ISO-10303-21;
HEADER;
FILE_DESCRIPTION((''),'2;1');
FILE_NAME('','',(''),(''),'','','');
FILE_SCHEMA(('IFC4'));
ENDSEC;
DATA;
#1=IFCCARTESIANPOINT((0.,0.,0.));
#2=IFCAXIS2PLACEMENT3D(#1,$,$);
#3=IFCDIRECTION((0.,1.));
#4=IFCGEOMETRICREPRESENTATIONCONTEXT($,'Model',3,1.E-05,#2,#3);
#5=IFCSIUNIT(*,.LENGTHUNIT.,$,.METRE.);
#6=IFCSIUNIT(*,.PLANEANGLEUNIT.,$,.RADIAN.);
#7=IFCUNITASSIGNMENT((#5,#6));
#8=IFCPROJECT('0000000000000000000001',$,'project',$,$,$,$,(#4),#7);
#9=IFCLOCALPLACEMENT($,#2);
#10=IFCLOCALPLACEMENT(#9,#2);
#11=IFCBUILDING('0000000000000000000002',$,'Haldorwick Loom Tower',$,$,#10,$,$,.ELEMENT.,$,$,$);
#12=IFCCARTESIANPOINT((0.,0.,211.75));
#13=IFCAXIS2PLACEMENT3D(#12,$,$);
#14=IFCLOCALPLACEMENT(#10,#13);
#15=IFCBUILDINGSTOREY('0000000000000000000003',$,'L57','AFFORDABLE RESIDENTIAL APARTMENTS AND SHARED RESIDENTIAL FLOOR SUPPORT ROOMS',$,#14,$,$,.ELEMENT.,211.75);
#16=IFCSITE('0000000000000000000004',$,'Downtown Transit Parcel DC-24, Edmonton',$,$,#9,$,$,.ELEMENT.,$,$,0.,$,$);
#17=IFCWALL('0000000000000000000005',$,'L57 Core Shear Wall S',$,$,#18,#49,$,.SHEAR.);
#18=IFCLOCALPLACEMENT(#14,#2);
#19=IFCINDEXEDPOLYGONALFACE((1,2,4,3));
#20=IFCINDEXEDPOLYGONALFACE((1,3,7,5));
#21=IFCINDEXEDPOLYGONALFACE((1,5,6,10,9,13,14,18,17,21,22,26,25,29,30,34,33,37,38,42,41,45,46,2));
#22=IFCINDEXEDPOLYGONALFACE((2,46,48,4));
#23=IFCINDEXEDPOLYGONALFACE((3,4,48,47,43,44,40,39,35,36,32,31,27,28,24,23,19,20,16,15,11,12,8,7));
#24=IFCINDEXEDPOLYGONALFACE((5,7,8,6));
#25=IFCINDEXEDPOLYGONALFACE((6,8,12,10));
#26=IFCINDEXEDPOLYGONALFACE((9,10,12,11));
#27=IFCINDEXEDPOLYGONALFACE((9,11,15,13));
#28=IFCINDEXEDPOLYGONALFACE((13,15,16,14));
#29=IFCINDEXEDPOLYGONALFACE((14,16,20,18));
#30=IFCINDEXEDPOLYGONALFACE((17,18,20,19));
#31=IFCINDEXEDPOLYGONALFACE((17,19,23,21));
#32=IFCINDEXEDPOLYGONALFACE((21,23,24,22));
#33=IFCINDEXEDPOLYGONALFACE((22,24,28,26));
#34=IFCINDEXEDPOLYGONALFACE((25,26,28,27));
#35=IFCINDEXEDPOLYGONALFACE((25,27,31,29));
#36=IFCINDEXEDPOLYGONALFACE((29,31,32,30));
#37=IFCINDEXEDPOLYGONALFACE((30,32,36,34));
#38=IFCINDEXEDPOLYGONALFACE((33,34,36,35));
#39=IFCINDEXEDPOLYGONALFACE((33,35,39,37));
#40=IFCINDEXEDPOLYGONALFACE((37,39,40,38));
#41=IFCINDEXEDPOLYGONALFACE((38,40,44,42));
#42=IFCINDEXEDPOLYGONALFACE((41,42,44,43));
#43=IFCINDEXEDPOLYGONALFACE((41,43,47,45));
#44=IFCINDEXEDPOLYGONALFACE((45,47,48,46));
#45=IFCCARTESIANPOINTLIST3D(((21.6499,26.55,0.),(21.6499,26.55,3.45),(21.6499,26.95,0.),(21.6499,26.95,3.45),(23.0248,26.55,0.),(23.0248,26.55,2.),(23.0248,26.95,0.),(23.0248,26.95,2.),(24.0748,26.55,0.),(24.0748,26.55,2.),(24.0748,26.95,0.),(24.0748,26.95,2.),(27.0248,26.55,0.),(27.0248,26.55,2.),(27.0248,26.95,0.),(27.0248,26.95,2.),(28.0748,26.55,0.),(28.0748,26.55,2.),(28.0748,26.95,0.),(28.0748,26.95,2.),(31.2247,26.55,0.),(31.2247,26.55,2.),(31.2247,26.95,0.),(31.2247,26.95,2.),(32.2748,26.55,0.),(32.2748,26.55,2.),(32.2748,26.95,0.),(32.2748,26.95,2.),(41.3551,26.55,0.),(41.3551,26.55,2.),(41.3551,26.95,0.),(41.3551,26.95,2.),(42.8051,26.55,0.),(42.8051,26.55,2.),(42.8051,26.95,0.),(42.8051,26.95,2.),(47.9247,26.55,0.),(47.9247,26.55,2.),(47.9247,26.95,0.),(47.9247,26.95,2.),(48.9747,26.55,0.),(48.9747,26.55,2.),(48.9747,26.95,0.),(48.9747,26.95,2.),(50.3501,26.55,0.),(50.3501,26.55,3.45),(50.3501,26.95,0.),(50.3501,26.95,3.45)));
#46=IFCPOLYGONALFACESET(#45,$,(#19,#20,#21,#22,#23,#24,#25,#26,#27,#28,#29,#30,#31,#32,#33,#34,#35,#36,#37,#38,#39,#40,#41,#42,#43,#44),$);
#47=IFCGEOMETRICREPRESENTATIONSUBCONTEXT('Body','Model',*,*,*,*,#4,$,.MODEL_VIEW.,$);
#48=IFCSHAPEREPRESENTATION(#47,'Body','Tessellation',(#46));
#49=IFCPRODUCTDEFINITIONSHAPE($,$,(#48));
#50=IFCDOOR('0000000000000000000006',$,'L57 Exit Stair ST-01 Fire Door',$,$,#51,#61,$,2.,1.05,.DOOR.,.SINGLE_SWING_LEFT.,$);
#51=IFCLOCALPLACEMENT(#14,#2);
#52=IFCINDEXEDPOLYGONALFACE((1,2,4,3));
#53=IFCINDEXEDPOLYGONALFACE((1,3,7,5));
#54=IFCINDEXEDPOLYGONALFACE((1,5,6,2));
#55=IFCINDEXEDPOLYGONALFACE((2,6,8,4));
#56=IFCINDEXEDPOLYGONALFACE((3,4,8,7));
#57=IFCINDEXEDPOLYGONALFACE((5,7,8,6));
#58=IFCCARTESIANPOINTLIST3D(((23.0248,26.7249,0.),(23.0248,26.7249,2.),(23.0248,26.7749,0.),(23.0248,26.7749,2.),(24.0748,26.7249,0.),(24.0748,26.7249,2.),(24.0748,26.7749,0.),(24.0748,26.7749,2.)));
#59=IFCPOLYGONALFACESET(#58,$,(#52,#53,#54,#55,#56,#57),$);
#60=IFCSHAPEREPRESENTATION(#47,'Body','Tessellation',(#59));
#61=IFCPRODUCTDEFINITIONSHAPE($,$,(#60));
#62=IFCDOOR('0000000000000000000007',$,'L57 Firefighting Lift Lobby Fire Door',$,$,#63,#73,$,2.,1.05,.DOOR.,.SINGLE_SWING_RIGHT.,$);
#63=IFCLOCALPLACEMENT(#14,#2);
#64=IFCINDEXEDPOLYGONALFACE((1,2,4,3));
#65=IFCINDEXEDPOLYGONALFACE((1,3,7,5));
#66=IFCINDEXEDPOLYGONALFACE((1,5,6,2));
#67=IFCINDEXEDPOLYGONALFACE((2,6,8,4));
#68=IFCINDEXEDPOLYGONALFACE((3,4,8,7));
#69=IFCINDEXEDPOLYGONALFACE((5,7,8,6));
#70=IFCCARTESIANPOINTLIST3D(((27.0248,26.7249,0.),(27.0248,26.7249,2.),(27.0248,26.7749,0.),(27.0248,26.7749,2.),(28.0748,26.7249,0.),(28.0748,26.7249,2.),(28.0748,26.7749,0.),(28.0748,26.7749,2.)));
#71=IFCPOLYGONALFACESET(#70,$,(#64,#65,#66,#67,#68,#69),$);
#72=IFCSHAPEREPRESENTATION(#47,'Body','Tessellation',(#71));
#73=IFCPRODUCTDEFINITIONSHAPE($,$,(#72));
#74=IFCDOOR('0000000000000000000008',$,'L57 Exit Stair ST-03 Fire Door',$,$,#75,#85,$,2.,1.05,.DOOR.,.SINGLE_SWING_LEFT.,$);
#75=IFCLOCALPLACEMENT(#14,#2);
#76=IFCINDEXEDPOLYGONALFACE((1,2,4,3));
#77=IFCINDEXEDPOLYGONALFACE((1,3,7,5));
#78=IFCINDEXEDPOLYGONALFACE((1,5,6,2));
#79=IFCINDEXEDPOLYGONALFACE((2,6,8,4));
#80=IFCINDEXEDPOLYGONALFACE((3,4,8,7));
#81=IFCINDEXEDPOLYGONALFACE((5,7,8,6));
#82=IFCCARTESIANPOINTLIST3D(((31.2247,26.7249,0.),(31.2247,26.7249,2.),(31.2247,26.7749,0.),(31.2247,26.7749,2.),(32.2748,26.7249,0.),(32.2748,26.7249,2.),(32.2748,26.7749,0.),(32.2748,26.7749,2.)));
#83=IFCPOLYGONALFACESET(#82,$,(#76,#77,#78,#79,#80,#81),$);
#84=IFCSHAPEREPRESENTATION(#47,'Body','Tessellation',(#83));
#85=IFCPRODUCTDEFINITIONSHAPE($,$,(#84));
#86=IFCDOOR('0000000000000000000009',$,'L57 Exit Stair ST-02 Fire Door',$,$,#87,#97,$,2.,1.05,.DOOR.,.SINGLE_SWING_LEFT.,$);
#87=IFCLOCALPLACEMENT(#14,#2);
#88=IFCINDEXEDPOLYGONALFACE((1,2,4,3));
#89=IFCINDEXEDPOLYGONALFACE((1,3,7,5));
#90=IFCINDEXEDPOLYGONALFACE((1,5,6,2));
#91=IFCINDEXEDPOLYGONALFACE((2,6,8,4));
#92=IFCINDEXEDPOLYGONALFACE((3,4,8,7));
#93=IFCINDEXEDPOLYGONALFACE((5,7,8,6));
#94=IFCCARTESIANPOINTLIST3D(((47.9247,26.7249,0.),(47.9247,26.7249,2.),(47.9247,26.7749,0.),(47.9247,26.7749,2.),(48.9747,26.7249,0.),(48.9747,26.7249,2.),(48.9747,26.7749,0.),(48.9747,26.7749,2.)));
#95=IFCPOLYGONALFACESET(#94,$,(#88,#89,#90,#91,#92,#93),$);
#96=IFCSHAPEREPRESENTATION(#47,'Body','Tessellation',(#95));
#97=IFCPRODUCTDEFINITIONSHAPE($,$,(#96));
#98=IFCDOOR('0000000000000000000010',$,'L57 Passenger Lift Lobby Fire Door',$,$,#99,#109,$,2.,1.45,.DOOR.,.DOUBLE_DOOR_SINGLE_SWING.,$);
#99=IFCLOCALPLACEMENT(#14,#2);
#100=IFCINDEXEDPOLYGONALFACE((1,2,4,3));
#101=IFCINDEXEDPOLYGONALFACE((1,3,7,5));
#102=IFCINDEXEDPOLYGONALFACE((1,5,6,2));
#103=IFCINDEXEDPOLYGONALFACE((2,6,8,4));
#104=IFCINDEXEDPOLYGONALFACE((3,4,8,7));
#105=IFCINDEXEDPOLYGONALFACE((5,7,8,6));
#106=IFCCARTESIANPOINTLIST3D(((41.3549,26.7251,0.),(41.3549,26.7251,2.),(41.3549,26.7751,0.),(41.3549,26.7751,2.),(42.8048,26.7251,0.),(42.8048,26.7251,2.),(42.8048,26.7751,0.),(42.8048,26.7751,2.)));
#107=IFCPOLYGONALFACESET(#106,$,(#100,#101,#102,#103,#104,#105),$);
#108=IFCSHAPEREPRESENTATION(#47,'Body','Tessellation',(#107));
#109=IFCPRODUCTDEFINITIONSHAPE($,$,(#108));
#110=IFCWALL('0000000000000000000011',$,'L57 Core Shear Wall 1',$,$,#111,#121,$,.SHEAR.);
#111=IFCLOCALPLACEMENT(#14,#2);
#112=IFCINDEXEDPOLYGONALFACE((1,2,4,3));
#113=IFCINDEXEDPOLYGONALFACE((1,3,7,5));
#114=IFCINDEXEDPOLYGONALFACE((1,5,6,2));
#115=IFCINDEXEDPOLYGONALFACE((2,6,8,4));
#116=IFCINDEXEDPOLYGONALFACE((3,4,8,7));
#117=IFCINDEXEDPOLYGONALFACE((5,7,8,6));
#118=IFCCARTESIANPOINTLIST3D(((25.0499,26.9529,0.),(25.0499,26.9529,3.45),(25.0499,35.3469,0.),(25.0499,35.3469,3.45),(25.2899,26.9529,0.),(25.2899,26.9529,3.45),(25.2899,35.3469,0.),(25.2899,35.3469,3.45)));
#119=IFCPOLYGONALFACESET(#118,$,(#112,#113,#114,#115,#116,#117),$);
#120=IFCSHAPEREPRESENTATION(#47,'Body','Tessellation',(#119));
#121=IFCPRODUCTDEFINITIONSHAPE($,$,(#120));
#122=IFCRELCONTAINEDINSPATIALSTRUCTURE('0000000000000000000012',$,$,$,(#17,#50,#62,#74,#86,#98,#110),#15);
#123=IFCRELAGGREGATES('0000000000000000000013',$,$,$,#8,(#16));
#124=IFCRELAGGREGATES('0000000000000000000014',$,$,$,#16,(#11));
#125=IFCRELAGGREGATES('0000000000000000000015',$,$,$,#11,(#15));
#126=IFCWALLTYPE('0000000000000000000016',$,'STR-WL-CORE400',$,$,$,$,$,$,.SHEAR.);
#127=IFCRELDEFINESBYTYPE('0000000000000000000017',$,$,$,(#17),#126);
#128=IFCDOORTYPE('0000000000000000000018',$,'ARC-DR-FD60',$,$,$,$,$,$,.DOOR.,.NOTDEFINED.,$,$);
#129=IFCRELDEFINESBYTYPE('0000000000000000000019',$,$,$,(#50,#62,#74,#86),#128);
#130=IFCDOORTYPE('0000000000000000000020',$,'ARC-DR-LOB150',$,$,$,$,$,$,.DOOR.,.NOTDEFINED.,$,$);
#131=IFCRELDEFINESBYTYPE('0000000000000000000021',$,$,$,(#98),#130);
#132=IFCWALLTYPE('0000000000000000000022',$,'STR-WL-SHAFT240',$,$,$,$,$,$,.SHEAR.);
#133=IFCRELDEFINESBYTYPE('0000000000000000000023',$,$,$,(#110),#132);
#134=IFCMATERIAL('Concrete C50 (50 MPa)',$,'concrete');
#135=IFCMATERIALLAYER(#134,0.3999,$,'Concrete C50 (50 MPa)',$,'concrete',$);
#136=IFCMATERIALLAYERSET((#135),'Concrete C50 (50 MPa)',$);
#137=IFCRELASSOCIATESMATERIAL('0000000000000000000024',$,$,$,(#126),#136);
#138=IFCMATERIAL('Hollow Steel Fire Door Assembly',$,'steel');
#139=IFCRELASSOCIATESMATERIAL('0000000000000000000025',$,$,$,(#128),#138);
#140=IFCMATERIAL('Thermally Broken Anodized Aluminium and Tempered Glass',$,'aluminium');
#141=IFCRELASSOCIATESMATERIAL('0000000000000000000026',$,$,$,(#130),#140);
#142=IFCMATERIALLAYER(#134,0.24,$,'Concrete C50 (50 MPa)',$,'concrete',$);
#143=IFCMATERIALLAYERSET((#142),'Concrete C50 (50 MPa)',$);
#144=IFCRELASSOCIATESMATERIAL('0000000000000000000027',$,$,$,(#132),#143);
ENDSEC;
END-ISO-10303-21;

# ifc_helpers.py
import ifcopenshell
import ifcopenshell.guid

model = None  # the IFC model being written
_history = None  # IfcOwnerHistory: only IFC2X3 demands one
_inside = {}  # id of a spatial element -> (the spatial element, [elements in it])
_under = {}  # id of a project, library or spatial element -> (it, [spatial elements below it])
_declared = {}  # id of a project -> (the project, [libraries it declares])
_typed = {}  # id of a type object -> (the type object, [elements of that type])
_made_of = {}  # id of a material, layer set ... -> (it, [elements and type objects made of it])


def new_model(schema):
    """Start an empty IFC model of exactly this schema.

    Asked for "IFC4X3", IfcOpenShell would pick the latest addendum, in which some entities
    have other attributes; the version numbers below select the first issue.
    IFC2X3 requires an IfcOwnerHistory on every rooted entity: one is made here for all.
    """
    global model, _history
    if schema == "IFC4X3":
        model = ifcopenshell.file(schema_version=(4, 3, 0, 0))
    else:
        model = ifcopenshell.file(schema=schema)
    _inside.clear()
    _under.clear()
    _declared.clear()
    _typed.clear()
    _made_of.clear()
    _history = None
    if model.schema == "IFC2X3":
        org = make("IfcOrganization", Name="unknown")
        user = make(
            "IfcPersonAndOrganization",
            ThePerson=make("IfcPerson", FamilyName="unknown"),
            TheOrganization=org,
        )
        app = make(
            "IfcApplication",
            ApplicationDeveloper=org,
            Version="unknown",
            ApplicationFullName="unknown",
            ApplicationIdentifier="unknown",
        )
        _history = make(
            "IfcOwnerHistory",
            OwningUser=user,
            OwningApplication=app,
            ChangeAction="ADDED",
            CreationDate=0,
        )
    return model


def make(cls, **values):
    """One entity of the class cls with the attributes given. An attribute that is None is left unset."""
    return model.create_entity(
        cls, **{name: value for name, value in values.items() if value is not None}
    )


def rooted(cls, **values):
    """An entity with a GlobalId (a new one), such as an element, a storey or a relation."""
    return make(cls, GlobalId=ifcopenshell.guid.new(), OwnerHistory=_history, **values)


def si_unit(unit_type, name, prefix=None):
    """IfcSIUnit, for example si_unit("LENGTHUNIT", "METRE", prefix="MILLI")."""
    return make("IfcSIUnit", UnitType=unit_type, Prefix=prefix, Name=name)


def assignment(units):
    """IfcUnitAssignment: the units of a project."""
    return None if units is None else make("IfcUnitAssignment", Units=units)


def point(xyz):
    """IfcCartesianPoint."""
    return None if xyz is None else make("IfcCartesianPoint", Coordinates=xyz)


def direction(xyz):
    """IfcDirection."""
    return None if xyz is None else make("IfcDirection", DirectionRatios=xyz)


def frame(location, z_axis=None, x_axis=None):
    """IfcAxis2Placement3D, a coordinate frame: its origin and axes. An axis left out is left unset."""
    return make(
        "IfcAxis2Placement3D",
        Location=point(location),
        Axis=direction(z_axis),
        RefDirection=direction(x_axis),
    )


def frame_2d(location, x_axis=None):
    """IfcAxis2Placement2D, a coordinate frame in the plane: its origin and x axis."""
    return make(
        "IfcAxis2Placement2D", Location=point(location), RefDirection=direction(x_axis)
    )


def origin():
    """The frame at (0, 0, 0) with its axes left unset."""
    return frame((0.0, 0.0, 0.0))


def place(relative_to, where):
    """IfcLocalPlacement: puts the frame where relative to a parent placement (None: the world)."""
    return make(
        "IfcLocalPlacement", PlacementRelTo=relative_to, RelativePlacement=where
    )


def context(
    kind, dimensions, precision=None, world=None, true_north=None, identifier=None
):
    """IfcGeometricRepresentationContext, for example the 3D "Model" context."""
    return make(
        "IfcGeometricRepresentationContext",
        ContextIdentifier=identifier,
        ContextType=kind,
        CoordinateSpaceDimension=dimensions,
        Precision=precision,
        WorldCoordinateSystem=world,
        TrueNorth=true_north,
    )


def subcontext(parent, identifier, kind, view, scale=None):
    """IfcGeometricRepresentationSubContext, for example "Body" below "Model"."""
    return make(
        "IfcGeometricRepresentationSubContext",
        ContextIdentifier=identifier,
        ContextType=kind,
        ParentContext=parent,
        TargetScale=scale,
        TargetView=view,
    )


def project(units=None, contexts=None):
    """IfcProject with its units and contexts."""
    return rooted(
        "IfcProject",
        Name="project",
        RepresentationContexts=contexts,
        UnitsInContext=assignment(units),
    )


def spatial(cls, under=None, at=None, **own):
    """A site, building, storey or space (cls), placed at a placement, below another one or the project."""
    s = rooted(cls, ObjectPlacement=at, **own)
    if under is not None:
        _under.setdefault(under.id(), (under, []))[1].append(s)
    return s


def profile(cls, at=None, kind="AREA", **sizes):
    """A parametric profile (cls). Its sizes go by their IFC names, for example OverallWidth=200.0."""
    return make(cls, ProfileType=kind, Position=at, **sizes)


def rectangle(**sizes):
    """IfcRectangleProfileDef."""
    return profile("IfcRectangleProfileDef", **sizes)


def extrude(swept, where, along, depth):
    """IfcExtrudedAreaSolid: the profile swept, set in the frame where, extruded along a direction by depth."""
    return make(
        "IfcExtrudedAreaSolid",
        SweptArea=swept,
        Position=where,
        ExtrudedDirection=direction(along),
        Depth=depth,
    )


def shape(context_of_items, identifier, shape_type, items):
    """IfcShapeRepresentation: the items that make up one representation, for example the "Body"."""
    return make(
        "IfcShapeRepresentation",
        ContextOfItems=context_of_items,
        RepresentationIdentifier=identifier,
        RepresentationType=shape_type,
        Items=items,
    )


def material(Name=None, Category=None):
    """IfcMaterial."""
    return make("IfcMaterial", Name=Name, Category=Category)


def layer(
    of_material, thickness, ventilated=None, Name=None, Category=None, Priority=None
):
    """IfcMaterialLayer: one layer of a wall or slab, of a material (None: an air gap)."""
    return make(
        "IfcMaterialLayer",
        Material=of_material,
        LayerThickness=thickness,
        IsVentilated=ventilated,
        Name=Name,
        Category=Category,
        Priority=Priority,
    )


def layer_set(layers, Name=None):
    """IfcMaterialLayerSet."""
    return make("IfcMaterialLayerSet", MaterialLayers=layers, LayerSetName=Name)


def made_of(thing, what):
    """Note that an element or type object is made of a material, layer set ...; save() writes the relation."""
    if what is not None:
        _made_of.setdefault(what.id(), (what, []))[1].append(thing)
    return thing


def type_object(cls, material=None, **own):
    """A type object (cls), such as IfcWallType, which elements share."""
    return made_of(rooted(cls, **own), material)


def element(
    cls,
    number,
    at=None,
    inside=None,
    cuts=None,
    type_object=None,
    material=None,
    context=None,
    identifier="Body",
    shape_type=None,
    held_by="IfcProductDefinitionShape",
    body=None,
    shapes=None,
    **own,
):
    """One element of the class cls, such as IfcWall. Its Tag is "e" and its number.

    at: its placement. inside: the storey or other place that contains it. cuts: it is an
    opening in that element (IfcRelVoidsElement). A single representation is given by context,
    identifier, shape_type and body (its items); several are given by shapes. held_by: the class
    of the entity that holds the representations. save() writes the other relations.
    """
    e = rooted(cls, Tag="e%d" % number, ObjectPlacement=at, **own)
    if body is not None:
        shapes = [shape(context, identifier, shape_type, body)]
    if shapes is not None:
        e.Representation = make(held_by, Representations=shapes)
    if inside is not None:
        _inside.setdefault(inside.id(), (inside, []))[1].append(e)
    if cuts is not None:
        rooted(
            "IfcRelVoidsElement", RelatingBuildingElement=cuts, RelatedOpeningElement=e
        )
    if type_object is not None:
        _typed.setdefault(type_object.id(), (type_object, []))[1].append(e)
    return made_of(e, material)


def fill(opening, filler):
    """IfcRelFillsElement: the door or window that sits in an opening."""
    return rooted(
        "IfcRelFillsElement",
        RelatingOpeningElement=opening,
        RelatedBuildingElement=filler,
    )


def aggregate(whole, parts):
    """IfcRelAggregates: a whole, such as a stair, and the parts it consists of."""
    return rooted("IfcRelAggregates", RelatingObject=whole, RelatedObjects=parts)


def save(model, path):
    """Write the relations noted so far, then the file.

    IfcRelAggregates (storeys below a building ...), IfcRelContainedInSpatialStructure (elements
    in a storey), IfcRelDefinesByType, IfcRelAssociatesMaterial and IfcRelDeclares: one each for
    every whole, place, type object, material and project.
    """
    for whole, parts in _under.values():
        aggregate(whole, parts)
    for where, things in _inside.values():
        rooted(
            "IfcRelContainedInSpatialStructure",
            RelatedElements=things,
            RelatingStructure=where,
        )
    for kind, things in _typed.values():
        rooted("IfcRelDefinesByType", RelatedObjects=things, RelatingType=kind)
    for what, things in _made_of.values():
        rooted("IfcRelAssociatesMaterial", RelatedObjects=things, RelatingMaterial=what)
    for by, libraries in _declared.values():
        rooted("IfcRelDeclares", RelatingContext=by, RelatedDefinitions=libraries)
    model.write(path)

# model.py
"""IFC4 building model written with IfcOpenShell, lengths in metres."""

from ifc_helpers import new_model, si_unit, direction, frame, frame_2d, origin, place, context, subcontext, project, spatial, rectangle, extrude, material, layer, layer_set, type_object, element, fill, save


model = new_model("IFC4")

# Units and contexts
model_context = context("Model", 3, precision=1e-05, world=origin(), true_north=direction((0.0, 1.0)))
body_context = subcontext(model_context, "Body", "Model", "MODEL_VIEW")
ifc_project = project(units=[si_unit("LENGTHUNIT", "METRE"), si_unit("PLANEANGLEUNIT", "RADIAN")], contexts=[model_context])

# Site, building, storey
site_placement = place(None, origin())
site = spatial("IfcSite", under=ifc_project, at=site_placement, Name="Downtown Transit Parcel DC-24, Edmonton", CompositionType="ELEMENT", RefElevation=0.0)
building_placement = place(site_placement, origin())
building = spatial("IfcBuilding", under=site, at=building_placement, Name="Haldorwick Loom Tower", CompositionType="ELEMENT")
storey_placement = place(building_placement, frame((0.0, 0.0, 211.75)))
storey = spatial("IfcBuildingStorey", under=building, at=storey_placement, Name="L57", Description="AFFORDABLE RESIDENTIAL APARTMENTS AND SHARED RESIDENTIAL FLOOR SUPPORT ROOMS", CompositionType="ELEMENT", Elevation=211.75)

# Shared definitions
ifc_material_1 = material(Name="Concrete C50 (50 MPa)", Category="concrete")

# Shared definitions
ifc_material_2 = material(Name="Hollow Steel Fire Door Assembly", Category="steel")

# Wall, openings, doors
ifc_layer_1 = layer(ifc_material_1, 0.3999, Name="Concrete C50 (50 MPa)", Category="concrete")
ifc_layer_set_1 = layer_set([ifc_layer_1], Name="Concrete C50 (50 MPa)")
wall_type_1 = type_object("IfcWallType", Name="STR-WL-CORE400", PredefinedType="SHEAR", material=ifc_layer_set_1)
wall_1_placement = place(storey_placement, frame((21.6499, 26.75, 0.0), z_axis=(0.0, 0.0, 1.0), x_axis=(1.0, 0.0, 0.0)))
wall_1 = element("IfcWall", 1, at=wall_1_placement, inside=storey, type_object=wall_type_1, Name="L57 Core Shear Wall S", PredefinedType="SHEAR", context=body_context, shape_type="SweptSolid", body=[
    extrude(rectangle(XDim=28.7002, YDim=0.3999, at=frame_2d((14.3501, 0.0))), origin(), (0.0, 0.0, 1.0), 3.45),
])
opening_1_placement = place(wall_1_placement, frame((1.375, 0.0, 0.0)))
opening_1 = element("IfcOpeningElement", 2, at=opening_1_placement, cuts=wall_1, PredefinedType="OPENING", context=body_context, shape_type="SweptSolid", body=[
    extrude(rectangle(XDim=1.05, YDim=2.0, at=frame_2d((0.5249, 1.0))), frame((0.0, 0.21, 0.0), z_axis=(0.0, -1.0, 0.0), x_axis=(1.0, 0.0, 0.0)), (0.0, 0.0, 1.0), 0.4199),
])
opening_2_placement = place(wall_1_placement, frame((5.375, 0.0, 0.0)))
opening_2 = element("IfcOpeningElement", 3, at=opening_2_placement, cuts=wall_1, PredefinedType="OPENING", context=body_context, shape_type="SweptSolid", body=[
    extrude(rectangle(XDim=1.05, YDim=2.0, at=frame_2d((0.5249, 1.0))), frame((0.0, 0.21, 0.0), z_axis=(0.0, -1.0, 0.0), x_axis=(1.0, 0.0, 0.0)), (0.0, 0.0, 1.0), 0.4199),
])
opening_3_placement = place(wall_1_placement, frame((9.575, 0.0, 0.0)))
opening_3 = element("IfcOpeningElement", 4, at=opening_3_placement, cuts=wall_1, PredefinedType="OPENING", context=body_context, shape_type="SweptSolid", body=[
    extrude(rectangle(XDim=1.05, YDim=2.0, at=frame_2d((0.5249, 1.0))), frame((0.0, 0.21, 0.0), z_axis=(0.0, -1.0, 0.0), x_axis=(1.0, 0.0, 0.0)), (0.0, 0.0, 1.0), 0.4199),
])
opening_4_placement = place(wall_1_placement, frame((19.7051, 0.0, 0.0)))
opening_4 = element("IfcOpeningElement", 5, at=opening_4_placement, cuts=wall_1, PredefinedType="OPENING", context=body_context, shape_type="SweptSolid", body=[
    extrude(rectangle(XDim=1.45, YDim=2.0, at=frame_2d((0.7251, 1.0))), frame((0.0, 0.21, 0.0), z_axis=(0.0, -1.0, 0.0), x_axis=(1.0, 0.0, 0.0)), (0.0, 0.0, 1.0), 0.4199),
])
opening_5_placement = place(wall_1_placement, frame((26.2749, 0.0, 0.0)))
opening_5 = element("IfcOpeningElement", 6, at=opening_5_placement, cuts=wall_1, PredefinedType="OPENING", context=body_context, shape_type="SweptSolid", body=[
    extrude(rectangle(XDim=1.05, YDim=2.0, at=frame_2d((0.5249, 1.0))), frame((0.0, 0.21, 0.0), z_axis=(0.0, -1.0, 0.0), x_axis=(1.0, 0.0, 0.0)), (0.0, 0.0, 1.0), 0.4199),
])
door_type_1 = type_object("IfcDoorType", Name="ARC-DR-FD60", OperationType="NOTDEFINED", PredefinedType="DOOR", material=ifc_material_2)
door_1_placement = place(opening_1_placement, origin())
door_1 = element("IfcDoor", 7, at=door_1_placement, inside=storey, type_object=door_type_1, Name="L57 Exit Stair ST-01 Fire Door", OperationType="SINGLE_SWING_LEFT", OverallHeight=2.0, OverallWidth=1.05, PredefinedType="DOOR", context=body_context, shape_type="SweptSolid", body=[
    extrude(rectangle(XDim=1.05, YDim=2.0, at=frame_2d((0.5249, 1.0))), frame((0.0, 0.0249, 0.0), z_axis=(0.0, -1.0, 0.0), x_axis=(1.0, 0.0, 0.0)), (0.0, 0.0, 1.0), 0.05),
])
fill(opening_1, door_1)
door_2_placement = place(opening_2_placement, origin())
door_2 = element("IfcDoor", 8, at=door_2_placement, inside=storey, type_object=door_type_1, Name="L57 Firefighting Lift Lobby Fire Door", OperationType="SINGLE_SWING_RIGHT", OverallHeight=2.0, OverallWidth=1.05, PredefinedType="DOOR", context=body_context, shape_type="SweptSolid", body=[
    extrude(rectangle(XDim=1.05, YDim=2.0, at=frame_2d((0.5249, 1.0))), frame((0.0, 0.0249, 0.0), z_axis=(0.0, -1.0, 0.0), x_axis=(1.0, 0.0, 0.0)), (0.0, 0.0, 1.0), 0.05),
])
fill(opening_2, door_2)
door_3_placement = place(opening_3_placement, origin())
door_3 = element("IfcDoor", 9, at=door_3_placement, inside=storey, type_object=door_type_1, Name="L57 Exit Stair ST-03 Fire Door", OperationType="SINGLE_SWING_LEFT", OverallHeight=2.0, OverallWidth=1.05, PredefinedType="DOOR", context=body_context, shape_type="SweptSolid", body=[
    extrude(rectangle(XDim=1.05, YDim=2.0, at=frame_2d((0.5249, 1.0))), frame((0.0, 0.0249, 0.0), z_axis=(0.0, -1.0, 0.0), x_axis=(1.0, 0.0, 0.0)), (0.0, 0.0, 1.0), 0.05),
])
fill(opening_3, door_3)
door_4_placement = place(opening_5_placement, origin())
door_4 = element("IfcDoor", 10, at=door_4_placement, inside=storey, type_object=door_type_1, Name="L57 Exit Stair ST-02 Fire Door", OperationType="SINGLE_SWING_LEFT", OverallHeight=2.0, OverallWidth=1.05, PredefinedType="DOOR", context=body_context, shape_type="SweptSolid", body=[
    extrude(rectangle(XDim=1.05, YDim=2.0, at=frame_2d((0.5249, 1.0))), frame((0.0, 0.0249, 0.0), z_axis=(0.0, -1.0, 0.0), x_axis=(1.0, 0.0, 0.0)), (0.0, 0.0, 1.0), 0.05),
])
fill(opening_5, door_4)
ifc_material_3 = material(Name="Thermally Broken Anodized Aluminium and Tempered Glass", Category="aluminium")
door_type_2 = type_object("IfcDoorType", Name="ARC-DR-LOB150", OperationType="NOTDEFINED", PredefinedType="DOOR", material=ifc_material_3)
door_5_placement = place(opening_4_placement, frame((1.45, 0.0, 0.0), z_axis=(0.0, 0.0, 1.0), x_axis=(-1.0, 0.0, 0.0)))
door_5 = element("IfcDoor", 11, at=door_5_placement, inside=storey, type_object=door_type_2, Name="L57 Passenger Lift Lobby Fire Door", OperationType="DOUBLE_DOOR_SINGLE_SWING", OverallHeight=2.0, OverallWidth=1.45, PredefinedType="DOOR", context=body_context, shape_type="SweptSolid", body=[
    extrude(rectangle(XDim=1.45, YDim=2.0, at=frame_2d((0.7251, 1.0))), frame((0.0, 0.0249, 0.0), z_axis=(0.0, -1.0, 0.0), x_axis=(1.0, 0.0, 0.0)), (0.0, 0.0, 1.0), 0.05),
])
fill(opening_4, door_5)

# Wall
ifc_layer_2 = layer(ifc_material_1, 0.24, Name="Concrete C50 (50 MPa)", Category="concrete")
ifc_layer_set_2 = layer_set([ifc_layer_2], Name="Concrete C50 (50 MPa)")
wall_type_2 = type_object("IfcWallType", Name="STR-WL-SHAFT240", PredefinedType="SHEAR", material=ifc_layer_set_2)
wall_2_placement = place(storey_placement, frame((25.1699, 26.9529, 0.0), z_axis=(0.0, 0.0, 1.0), x_axis=(0.0, 1.0, 0.0)))
element("IfcWall", 12, at=wall_2_placement, inside=storey, type_object=wall_type_2, Name="L57 Core Shear Wall 1", PredefinedType="SHEAR", context=body_context, shape_type="SweptSolid", body=[
    extrude(rectangle(XDim=8.394, YDim=0.24, at=frame_2d((4.197, 0.0))), origin(), (0.0, 0.0, 1.0), 3.45),
])

save(model, "model.ifc")
